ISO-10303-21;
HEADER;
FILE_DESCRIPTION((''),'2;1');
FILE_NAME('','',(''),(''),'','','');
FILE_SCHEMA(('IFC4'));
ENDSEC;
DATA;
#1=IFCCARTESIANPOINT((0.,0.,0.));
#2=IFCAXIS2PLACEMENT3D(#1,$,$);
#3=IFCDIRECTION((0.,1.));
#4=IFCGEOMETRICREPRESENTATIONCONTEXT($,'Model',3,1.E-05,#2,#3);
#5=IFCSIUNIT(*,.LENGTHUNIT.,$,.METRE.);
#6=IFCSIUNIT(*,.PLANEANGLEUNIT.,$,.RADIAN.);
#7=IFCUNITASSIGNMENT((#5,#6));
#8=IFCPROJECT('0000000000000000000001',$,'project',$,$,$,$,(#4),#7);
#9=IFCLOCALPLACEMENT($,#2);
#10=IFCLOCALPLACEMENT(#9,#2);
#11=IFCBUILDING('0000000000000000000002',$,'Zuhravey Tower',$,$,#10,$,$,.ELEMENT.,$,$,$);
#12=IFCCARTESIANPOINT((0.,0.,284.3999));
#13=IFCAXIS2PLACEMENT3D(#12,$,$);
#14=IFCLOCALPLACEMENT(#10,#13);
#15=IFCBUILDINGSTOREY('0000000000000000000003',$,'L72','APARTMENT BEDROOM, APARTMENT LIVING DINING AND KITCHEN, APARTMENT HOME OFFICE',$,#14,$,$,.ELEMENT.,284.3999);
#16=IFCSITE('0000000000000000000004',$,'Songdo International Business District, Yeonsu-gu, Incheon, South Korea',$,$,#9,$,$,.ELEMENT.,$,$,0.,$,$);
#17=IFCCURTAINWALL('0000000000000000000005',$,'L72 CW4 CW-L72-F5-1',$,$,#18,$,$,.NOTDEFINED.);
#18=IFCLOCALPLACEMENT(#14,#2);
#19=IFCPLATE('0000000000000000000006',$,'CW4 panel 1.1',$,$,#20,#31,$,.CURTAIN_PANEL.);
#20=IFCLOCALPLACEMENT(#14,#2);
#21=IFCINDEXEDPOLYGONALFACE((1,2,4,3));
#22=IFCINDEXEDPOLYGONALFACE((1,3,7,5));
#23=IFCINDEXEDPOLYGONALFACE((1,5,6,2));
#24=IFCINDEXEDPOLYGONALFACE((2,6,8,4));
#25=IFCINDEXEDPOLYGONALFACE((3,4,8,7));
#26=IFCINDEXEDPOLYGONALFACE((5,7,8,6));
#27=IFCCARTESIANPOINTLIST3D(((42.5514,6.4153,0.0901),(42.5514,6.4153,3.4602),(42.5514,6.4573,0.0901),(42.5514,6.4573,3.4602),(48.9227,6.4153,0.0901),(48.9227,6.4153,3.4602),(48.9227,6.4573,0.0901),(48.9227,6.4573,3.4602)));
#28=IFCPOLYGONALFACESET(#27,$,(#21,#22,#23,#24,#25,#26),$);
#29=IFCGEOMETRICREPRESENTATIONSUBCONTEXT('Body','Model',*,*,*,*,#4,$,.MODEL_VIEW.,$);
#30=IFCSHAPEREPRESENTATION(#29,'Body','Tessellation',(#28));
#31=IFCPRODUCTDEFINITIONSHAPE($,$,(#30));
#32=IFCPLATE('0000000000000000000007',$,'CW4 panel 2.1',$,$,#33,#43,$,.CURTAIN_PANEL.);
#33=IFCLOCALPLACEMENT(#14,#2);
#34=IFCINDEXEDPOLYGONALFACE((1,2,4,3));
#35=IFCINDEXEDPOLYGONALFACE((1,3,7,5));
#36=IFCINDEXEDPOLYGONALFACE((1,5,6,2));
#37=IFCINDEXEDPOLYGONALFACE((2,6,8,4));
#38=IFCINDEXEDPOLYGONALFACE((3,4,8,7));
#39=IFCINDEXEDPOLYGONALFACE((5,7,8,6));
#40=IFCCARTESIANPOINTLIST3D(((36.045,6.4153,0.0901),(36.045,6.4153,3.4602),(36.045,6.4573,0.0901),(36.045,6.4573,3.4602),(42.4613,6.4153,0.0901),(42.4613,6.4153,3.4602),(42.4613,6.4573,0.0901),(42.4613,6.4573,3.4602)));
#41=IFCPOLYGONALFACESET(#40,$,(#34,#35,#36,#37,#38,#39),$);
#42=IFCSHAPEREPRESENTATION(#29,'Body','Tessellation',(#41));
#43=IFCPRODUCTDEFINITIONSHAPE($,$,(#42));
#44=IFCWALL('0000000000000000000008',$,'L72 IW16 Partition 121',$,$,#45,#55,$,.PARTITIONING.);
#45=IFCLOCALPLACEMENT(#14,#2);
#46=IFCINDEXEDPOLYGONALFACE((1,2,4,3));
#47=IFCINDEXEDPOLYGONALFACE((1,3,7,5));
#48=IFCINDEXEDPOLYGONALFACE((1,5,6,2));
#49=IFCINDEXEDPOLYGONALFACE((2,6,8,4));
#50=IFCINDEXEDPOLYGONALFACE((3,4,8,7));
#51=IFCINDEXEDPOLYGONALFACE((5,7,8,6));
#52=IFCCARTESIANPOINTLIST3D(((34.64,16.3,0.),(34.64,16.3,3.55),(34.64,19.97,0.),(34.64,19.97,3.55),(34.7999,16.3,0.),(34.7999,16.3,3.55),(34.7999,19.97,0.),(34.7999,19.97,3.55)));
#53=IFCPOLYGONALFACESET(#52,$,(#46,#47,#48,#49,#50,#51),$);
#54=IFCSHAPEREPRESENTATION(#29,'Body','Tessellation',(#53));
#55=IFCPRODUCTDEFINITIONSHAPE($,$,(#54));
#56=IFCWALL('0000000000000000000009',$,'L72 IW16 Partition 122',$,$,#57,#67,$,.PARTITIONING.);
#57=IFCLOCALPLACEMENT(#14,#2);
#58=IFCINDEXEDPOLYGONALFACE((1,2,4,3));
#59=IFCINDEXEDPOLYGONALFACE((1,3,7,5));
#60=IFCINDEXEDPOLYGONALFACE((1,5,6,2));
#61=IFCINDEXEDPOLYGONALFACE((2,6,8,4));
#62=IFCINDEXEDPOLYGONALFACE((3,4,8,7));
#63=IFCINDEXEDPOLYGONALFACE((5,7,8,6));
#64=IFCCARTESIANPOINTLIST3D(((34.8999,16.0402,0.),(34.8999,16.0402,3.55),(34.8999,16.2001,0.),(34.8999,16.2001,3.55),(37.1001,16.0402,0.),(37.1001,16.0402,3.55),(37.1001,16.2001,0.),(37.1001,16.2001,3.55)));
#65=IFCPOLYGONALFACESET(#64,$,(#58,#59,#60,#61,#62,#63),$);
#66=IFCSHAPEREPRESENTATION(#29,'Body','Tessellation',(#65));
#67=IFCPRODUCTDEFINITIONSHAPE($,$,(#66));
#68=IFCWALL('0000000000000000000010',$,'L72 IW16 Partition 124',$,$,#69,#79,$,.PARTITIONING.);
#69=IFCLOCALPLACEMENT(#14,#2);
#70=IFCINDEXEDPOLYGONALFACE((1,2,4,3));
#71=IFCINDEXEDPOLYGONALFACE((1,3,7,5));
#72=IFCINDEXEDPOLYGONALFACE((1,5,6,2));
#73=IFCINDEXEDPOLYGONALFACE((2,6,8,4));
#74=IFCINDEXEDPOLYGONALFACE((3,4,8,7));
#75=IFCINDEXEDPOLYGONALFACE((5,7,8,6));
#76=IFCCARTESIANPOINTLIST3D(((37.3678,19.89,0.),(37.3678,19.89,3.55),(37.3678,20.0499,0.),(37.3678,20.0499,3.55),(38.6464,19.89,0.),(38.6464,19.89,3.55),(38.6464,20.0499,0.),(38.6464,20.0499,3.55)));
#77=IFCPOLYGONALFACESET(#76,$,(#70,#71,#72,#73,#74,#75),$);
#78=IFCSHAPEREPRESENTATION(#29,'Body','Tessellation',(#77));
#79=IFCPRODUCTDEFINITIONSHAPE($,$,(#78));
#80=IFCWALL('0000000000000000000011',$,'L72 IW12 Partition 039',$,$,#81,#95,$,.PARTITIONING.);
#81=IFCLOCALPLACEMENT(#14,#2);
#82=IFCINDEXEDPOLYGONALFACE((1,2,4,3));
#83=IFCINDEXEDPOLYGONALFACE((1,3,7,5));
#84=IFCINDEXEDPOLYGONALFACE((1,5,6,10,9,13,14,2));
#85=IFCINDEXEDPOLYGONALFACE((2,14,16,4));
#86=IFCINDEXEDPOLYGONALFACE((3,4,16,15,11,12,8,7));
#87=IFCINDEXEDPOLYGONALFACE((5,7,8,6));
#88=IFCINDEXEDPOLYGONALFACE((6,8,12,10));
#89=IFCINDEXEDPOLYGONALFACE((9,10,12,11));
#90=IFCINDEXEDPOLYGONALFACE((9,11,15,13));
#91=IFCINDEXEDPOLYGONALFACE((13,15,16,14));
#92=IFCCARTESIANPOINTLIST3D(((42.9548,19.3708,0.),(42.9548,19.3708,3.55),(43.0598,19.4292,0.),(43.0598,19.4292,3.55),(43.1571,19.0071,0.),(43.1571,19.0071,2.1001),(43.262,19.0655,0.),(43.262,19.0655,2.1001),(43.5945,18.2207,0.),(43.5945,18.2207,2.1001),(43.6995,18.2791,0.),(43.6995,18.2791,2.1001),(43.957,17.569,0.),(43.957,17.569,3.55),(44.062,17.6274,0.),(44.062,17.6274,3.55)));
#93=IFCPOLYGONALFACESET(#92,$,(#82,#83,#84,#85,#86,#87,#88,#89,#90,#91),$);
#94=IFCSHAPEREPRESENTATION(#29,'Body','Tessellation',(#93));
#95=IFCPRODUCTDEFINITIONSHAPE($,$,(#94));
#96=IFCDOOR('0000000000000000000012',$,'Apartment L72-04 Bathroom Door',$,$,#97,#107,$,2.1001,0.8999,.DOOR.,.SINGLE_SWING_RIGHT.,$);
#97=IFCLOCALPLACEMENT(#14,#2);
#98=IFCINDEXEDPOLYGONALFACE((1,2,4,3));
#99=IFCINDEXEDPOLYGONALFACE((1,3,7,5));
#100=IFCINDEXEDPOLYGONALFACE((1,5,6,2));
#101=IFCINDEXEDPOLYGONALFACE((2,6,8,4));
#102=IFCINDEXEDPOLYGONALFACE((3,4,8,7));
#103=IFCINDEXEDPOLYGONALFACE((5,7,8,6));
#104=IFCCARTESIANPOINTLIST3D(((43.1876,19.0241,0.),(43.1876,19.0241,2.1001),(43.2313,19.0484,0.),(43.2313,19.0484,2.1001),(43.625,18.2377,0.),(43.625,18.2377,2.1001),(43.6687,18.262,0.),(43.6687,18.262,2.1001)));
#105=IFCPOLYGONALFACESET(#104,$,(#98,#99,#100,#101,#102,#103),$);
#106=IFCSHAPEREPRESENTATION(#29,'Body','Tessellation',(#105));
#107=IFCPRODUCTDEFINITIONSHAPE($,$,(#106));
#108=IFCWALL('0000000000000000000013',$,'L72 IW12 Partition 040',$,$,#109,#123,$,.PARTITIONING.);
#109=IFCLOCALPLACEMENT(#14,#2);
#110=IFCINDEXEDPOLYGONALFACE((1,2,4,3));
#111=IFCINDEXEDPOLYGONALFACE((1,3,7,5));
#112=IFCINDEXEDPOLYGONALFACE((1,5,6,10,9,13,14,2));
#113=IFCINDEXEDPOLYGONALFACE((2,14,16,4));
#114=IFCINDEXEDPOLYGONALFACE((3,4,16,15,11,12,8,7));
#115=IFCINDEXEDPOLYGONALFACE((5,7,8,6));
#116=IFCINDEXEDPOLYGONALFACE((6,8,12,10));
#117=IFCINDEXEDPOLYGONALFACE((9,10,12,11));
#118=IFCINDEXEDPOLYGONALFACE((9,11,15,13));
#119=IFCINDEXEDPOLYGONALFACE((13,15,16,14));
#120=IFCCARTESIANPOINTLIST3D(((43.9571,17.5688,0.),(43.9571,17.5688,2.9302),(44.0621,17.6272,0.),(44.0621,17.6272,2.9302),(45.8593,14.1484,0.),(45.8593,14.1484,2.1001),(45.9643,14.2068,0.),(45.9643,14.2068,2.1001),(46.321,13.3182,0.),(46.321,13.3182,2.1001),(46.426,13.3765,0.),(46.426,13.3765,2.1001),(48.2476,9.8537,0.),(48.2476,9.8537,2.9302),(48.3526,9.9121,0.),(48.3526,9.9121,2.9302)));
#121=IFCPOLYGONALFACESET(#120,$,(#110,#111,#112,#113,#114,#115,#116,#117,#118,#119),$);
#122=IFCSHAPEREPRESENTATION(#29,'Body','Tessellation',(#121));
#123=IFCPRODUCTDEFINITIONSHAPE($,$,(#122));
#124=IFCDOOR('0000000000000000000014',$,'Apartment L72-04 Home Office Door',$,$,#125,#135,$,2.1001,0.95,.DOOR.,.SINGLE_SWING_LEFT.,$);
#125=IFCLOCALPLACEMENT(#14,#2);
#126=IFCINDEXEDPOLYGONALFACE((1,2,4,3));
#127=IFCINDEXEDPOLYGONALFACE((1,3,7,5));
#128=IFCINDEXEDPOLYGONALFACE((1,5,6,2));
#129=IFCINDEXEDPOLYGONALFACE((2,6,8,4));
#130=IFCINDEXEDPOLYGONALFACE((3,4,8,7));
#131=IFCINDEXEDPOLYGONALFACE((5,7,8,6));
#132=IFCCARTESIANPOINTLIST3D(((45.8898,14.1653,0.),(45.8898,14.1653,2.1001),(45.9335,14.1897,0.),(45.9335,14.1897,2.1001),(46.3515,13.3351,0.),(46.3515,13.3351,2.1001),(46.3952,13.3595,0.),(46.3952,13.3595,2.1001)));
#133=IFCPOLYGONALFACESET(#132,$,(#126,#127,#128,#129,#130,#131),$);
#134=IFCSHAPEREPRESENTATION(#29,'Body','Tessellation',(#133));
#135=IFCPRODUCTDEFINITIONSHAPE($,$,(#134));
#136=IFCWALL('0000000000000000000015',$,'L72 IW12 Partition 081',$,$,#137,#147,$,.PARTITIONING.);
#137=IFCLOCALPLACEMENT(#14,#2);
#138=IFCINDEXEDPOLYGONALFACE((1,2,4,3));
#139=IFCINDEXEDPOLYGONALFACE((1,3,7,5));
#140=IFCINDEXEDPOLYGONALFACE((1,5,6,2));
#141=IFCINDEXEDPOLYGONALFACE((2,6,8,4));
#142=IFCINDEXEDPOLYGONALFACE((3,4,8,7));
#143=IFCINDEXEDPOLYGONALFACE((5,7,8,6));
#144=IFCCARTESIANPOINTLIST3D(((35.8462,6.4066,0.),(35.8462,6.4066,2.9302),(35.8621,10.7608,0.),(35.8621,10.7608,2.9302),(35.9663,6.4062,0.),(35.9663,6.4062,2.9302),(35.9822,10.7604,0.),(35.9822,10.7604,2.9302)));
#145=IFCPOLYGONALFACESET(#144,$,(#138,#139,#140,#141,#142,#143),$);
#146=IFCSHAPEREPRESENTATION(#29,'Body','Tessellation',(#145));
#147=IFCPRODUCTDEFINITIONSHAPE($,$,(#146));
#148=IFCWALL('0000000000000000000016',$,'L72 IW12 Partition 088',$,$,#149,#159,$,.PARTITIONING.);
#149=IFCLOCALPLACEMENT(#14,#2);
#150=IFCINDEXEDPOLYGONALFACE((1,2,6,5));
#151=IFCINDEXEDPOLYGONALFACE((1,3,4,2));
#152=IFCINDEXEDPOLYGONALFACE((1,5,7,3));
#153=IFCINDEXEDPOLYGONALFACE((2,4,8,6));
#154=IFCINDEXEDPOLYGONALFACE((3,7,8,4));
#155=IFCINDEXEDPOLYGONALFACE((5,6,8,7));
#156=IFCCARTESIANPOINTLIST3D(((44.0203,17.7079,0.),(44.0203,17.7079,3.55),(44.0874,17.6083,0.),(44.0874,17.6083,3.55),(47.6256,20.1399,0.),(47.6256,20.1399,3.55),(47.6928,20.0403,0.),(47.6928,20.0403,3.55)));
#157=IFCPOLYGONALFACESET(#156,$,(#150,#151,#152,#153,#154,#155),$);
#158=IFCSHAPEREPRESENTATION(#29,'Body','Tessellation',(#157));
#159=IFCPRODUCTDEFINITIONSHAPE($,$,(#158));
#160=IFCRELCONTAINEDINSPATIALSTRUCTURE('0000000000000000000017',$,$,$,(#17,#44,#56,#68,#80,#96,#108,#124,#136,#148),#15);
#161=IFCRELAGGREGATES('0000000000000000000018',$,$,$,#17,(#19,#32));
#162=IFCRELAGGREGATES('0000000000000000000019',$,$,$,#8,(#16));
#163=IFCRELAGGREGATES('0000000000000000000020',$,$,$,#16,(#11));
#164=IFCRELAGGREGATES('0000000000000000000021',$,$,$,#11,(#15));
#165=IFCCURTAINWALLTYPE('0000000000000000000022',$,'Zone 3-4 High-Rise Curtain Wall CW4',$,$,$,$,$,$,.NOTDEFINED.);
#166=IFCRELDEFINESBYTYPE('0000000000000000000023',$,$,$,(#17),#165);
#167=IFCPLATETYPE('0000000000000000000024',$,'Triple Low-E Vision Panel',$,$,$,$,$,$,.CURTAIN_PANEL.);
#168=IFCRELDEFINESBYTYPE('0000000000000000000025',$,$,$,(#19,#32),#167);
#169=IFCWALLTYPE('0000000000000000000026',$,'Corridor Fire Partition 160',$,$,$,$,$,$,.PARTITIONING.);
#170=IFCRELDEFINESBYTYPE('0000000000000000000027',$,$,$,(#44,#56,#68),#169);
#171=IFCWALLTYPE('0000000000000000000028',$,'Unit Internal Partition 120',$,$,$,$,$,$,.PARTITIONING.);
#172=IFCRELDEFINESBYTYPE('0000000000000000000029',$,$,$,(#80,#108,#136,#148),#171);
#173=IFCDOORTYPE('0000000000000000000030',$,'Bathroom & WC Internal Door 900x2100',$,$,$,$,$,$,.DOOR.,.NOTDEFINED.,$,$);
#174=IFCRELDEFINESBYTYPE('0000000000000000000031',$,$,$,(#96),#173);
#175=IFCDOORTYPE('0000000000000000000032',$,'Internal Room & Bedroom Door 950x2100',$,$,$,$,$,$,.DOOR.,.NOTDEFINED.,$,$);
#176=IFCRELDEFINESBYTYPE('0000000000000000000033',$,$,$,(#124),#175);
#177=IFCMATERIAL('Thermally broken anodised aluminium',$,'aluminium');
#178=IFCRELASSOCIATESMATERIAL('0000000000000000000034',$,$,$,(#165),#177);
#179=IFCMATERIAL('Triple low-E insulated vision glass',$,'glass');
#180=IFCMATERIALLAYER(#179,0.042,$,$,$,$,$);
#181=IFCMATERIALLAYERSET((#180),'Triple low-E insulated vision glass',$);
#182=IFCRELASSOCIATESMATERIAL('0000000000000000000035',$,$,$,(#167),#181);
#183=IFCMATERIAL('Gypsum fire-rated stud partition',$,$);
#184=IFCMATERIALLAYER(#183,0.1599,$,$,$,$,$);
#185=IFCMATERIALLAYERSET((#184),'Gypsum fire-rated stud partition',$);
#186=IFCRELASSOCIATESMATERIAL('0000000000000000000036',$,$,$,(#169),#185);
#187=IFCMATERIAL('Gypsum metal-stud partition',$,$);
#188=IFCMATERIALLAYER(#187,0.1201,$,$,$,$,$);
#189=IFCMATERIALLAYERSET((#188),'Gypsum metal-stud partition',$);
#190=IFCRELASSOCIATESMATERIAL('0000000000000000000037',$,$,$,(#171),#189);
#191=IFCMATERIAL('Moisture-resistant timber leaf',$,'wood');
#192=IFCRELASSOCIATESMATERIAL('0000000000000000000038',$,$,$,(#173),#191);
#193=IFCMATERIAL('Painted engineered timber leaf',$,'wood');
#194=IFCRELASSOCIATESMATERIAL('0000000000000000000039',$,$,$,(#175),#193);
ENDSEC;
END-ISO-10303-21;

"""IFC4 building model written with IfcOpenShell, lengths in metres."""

from ifc_helpers import new_model, si_unit, direction, frame, frame_2d, origin, origin_2d, place, context, subcontext, project, spatial, rectangle, extrude, material, layer, layer_set, type_object, element, fill, aggregate, save


model = new_model("IFC4")

# Units and contexts
model_context = context("Model", 3, precision=1e-05, world=origin(), true_north=direction((0.0, 1.0)))
body_context = subcontext(model_context, "Body", "Model", "MODEL_VIEW")
ifc_project = project(units=[si_unit("LENGTHUNIT", "METRE"), si_unit("PLANEANGLEUNIT", "RADIAN")], contexts=[model_context])

# Site, building, storey
site_placement = place(None, origin())
site = spatial("IfcSite", under=ifc_project, at=site_placement, Name="Songdo International Business District, Yeonsu-gu, Incheon, South Korea", CompositionType="ELEMENT", RefElevation=0.0)
building_placement = place(site_placement, origin())
building = spatial("IfcBuilding", under=site, at=building_placement, Name="Zuhravey Tower", CompositionType="ELEMENT")
storey_placement = place(building_placement, frame((0.0, 0.0, 284.3999)))
storey = spatial("IfcBuildingStorey", under=building, at=storey_placement, Name="L72", Description="APARTMENT BEDROOM, APARTMENT LIVING DINING AND KITCHEN, APARTMENT HOME OFFICE", CompositionType="ELEMENT", Elevation=284.3999)

# Curtain wall
ifc_material_1 = material(Name="Thermally broken anodised aluminium", Category="aluminium")
curtain_wall_type = type_object("IfcCurtainWallType", Name="Zone 3-4 High-Rise Curtain Wall CW4", PredefinedType="NOTDEFINED", material=ifc_material_1)
curtain_wall_placement = place(storey_placement, origin())
curtain_wall = element("IfcCurtainWall", 1, at=curtain_wall_placement, inside=storey, type_object=curtain_wall_type, Name="L72 CW4 CW-L72-F5-1", PredefinedType="NOTDEFINED")

# Plates
ifc_material_2 = material(Name="Triple low-E insulated vision glass", Category="glass")
ifc_layer_1 = layer(ifc_material_2, 0.042)
ifc_layer_set_1 = layer_set([ifc_layer_1], Name="Triple low-E insulated vision glass")
plate_type_1 = type_object("IfcPlateType", Name="Triple Low-E Vision Panel", PredefinedType="CURTAIN_PANEL", material=ifc_layer_set_1)
plate_1_placement = place(storey_placement, frame((45.7371, 6.4363, 0.0901), z_axis=(0.0, 0.0, 1.0), x_axis=(-1.0, 0.0, 0.0)))
plate_1 = element("IfcPlate", 2, at=plate_1_placement, type_object=plate_type_1, Name="CW4 panel 1.1", PredefinedType="CURTAIN_PANEL", context=body_context, shape_type="SweptSolid", body=[
    extrude(rectangle(XDim=6.3713, YDim=0.042, at=origin_2d()), origin(), (0.0, 0.0, 1.0), 3.3701),
])
plate_2_placement = place(storey_placement, frame((39.2532, 6.4363, 0.0901), z_axis=(0.0, 0.0, 1.0), x_axis=(-1.0, 0.0, 0.0)))
plate_2 = element("IfcPlate", 3, at=plate_2_placement, type_object=plate_type_1, Name="CW4 panel 2.1", PredefinedType="CURTAIN_PANEL", context=body_context, shape_type="SweptSolid", body=[
    extrude(rectangle(XDim=6.4163, YDim=0.042, at=origin_2d()), origin(), (0.0, 0.0, 1.0), 3.3701),
])
aggregate(curtain_wall, [plate_1, plate_2])

# Shared definitions
ifc_material_3 = material(Name="Gypsum fire-rated stud partition")
ifc_layer_2 = layer(ifc_material_3, 0.1599)
ifc_layer_set_2 = layer_set([ifc_layer_2], Name="Gypsum fire-rated stud partition")
wall_type_1 = type_object("IfcWallType", Name="Corridor Fire Partition 160", PredefinedType="PARTITIONING", material=ifc_layer_set_2)

# Walls
wall_1_placement = place(storey_placement, frame((34.72, 19.97, 0.0), z_axis=(0.0, 0.0, 1.0), x_axis=(0.0, -1.0, 0.0)))
element("IfcWall", 4, at=wall_1_placement, inside=storey, type_object=wall_type_1, Name="L72 IW16 Partition 121", PredefinedType="PARTITIONING", context=body_context, shape_type="SweptSolid", body=[
    extrude(rectangle(XDim=3.6699, YDim=0.1599, at=frame_2d((1.835, 0.0))), origin(), (0.0, 0.0, 1.0), 3.55),
])
wall_2_placement = place(storey_placement, frame((34.8999, 16.1201, 0.0), z_axis=(0.0, 0.0, 1.0), x_axis=(1.0, 0.0, 0.0)))
element("IfcWall", 5, at=wall_2_placement, inside=storey, type_object=wall_type_1, Name="L72 IW16 Partition 122", PredefinedType="PARTITIONING", context=body_context, shape_type="SweptSolid", body=[
    extrude(rectangle(XDim=2.2002, YDim=0.1599, at=frame_2d((1.1001, 0.0))), origin(), (0.0, 0.0, 1.0), 3.55),
])
wall_3_placement = place(storey_placement, frame((37.3679, 19.97, 0.0), z_axis=(0.0, 0.0, 1.0), x_axis=(1.0, 0.0, 0.0)))
element("IfcWall", 6, at=wall_3_placement, inside=storey, type_object=wall_type_1, Name="L72 IW16 Partition 124", PredefinedType="PARTITIONING", context=body_context, shape_type="SweptSolid", body=[
    extrude(rectangle(XDim=1.2786, YDim=0.1599, at=frame_2d((0.6392, 0.0))), origin(), (0.0, 0.0, 1.0), 3.55),
])

# Walls, openings, doors
ifc_material_4 = material(Name="Gypsum metal-stud partition")
ifc_layer_3 = layer(ifc_material_4, 0.1201)
ifc_layer_set_3 = layer_set([ifc_layer_3], Name="Gypsum metal-stud partition")
wall_type_2 = type_object("IfcWallType", Name="Unit Internal Partition 120", PredefinedType="PARTITIONING", material=ifc_layer_set_3)
wall_4_placement = place(storey_placement, frame((43.0073, 19.3999, 0.0), z_axis=(0.0, 0.0, 1.0), x_axis=(0.486095, -0.873906, 0.0)))
wall_4 = element("IfcWall", 7, at=wall_4_placement, inside=storey, type_object=wall_type_2, Name="L72 IW12 Partition 039", PredefinedType="PARTITIONING", context=body_context, shape_type="SweptSolid", body=[
    extrude(rectangle(XDim=2.0618, YDim=0.1201, at=frame_2d((1.0308, 0.0))), origin(), (0.0, 0.0, 1.0), 3.55),
])
opening_1_placement = place(wall_4_placement, frame((0.416, 0.0, 0.0)))
opening_1 = element("IfcOpeningElement", 8, at=opening_1_placement, cuts=wall_4, PredefinedType="OPENING", context=body_context, shape_type="SweptSolid", body=[
    extrude(rectangle(XDim=0.8999, YDim=2.1001, at=frame_2d((0.45, 1.05))), frame((0.0, 0.072, 0.0), z_axis=(0.0, -1.0, 0.0), x_axis=(1.0, 0.0, 0.0)), (0.0, 0.0, 1.0), 0.144),
])
ifc_material_5 = material(Name="Moisture-resistant timber leaf", Category="wood")
door_type_1 = type_object("IfcDoorType", Name="Bathroom & WC Internal Door 900x2100", OperationType="NOTDEFINED", PredefinedType="DOOR", material=ifc_material_5)
door_1_placement = place(opening_1_placement, origin())
door_1 = element("IfcDoor", 9, at=door_1_placement, inside=storey, type_object=door_type_1, Name="Apartment L72-04 Bathroom Door", OperationType="SINGLE_SWING_RIGHT", OverallHeight=2.1001, OverallWidth=0.8999, PredefinedType="DOOR", context=body_context, shape_type="SweptSolid", body=[
    extrude(rectangle(XDim=0.8999, YDim=2.1001, at=frame_2d((0.45, 1.05))), frame((0.0, 0.0249, 0.0), z_axis=(0.0, -1.0, 0.0), x_axis=(1.0, 0.0, 0.0)), (0.0, 0.0, 1.0), 0.05),
])
fill(opening_1, door_1)
wall_5_placement = place(storey_placement, frame((44.0095, 17.5981, 0.0), z_axis=(0.0, 0.0, 1.0), x_axis=(0.486021, -0.873947, 0.0)))
wall_5 = element("IfcWall", 10, at=wall_5_placement, inside=storey, type_object=wall_type_2, Name="L72 IW12 Partition 040", PredefinedType="PARTITIONING", context=body_context, shape_type="SweptSolid", body=[
    extrude(rectangle(XDim=8.8279, YDim=0.1201, at=frame_2d((4.4141, 0.0))), origin(), (0.0, 0.0, 1.0), 2.9302),
])
opening_2_placement = place(wall_5_placement, frame((3.9138, 0.0, 0.0)))
opening_2 = element("IfcOpeningElement", 11, at=opening_2_placement, cuts=wall_5, PredefinedType="OPENING", context=body_context, shape_type="SweptSolid", body=[
    extrude(rectangle(XDim=0.95, YDim=2.1001, at=frame_2d((0.4751, 1.05))), frame((0.0, 0.072, 0.0), z_axis=(0.0, -1.0, 0.0), x_axis=(1.0, 0.0, 0.0)), (0.0, 0.0, 1.0), 0.144),
])
ifc_material_6 = material(Name="Painted engineered timber leaf", Category="wood")
door_type_2 = type_object("IfcDoorType", Name="Internal Room & Bedroom Door 950x2100", OperationType="NOTDEFINED", PredefinedType="DOOR", material=ifc_material_6)
door_2_placement = place(opening_2_placement, origin())
door_2 = element("IfcDoor", 12, at=door_2_placement, inside=storey, type_object=door_type_2, Name="Apartment L72-04 Home Office Door", OperationType="SINGLE_SWING_LEFT", OverallHeight=2.1001, OverallWidth=0.95, PredefinedType="DOOR", context=body_context, shape_type="SweptSolid", body=[
    extrude(rectangle(XDim=0.95, YDim=2.1001, at=frame_2d((0.4751, 1.05))), frame((0.0, 0.0249, 0.0), z_axis=(0.0, -1.0, 0.0), x_axis=(1.0, 0.0, 0.0)), (0.0, 0.0, 1.0), 0.05),
])
fill(opening_2, door_2)

# Walls
wall_6_placement = place(storey_placement, frame((35.9221, 10.7607, 0.0), z_axis=(0.0, 0.0, 1.0), x_axis=(-0.003644, -0.999993, 0.0)))
element("IfcWall", 13, at=wall_6_placement, inside=storey, type_object=wall_type_2, Name="L72 IW12 Partition 081", PredefinedType="PARTITIONING", context=body_context, shape_type="SweptSolid", body=[
    extrude(rectangle(XDim=4.3542, YDim=0.1201, at=frame_2d((2.1772, 0.0))), origin(), (0.0, 0.0, 1.0), 2.9302),
])
wall_7_placement = place(storey_placement, frame((44.054, 17.6582, 0.0), z_axis=(0.0, 0.0, 1.0), x_axis=(0.829024, 0.559213, 0.0)))
element("IfcWall", 14, at=wall_7_placement, inside=storey, type_object=wall_type_2, Name="L72 IW12 Partition 088", PredefinedType="PARTITIONING", context=body_context, shape_type="SweptSolid", body=[
    extrude(rectangle(XDim=4.3489, YDim=0.1201, at=frame_2d((2.1743, 0.0))), origin(), (0.0, 0.0, 1.0), 3.55),
])

save(model, "model.ifc")
